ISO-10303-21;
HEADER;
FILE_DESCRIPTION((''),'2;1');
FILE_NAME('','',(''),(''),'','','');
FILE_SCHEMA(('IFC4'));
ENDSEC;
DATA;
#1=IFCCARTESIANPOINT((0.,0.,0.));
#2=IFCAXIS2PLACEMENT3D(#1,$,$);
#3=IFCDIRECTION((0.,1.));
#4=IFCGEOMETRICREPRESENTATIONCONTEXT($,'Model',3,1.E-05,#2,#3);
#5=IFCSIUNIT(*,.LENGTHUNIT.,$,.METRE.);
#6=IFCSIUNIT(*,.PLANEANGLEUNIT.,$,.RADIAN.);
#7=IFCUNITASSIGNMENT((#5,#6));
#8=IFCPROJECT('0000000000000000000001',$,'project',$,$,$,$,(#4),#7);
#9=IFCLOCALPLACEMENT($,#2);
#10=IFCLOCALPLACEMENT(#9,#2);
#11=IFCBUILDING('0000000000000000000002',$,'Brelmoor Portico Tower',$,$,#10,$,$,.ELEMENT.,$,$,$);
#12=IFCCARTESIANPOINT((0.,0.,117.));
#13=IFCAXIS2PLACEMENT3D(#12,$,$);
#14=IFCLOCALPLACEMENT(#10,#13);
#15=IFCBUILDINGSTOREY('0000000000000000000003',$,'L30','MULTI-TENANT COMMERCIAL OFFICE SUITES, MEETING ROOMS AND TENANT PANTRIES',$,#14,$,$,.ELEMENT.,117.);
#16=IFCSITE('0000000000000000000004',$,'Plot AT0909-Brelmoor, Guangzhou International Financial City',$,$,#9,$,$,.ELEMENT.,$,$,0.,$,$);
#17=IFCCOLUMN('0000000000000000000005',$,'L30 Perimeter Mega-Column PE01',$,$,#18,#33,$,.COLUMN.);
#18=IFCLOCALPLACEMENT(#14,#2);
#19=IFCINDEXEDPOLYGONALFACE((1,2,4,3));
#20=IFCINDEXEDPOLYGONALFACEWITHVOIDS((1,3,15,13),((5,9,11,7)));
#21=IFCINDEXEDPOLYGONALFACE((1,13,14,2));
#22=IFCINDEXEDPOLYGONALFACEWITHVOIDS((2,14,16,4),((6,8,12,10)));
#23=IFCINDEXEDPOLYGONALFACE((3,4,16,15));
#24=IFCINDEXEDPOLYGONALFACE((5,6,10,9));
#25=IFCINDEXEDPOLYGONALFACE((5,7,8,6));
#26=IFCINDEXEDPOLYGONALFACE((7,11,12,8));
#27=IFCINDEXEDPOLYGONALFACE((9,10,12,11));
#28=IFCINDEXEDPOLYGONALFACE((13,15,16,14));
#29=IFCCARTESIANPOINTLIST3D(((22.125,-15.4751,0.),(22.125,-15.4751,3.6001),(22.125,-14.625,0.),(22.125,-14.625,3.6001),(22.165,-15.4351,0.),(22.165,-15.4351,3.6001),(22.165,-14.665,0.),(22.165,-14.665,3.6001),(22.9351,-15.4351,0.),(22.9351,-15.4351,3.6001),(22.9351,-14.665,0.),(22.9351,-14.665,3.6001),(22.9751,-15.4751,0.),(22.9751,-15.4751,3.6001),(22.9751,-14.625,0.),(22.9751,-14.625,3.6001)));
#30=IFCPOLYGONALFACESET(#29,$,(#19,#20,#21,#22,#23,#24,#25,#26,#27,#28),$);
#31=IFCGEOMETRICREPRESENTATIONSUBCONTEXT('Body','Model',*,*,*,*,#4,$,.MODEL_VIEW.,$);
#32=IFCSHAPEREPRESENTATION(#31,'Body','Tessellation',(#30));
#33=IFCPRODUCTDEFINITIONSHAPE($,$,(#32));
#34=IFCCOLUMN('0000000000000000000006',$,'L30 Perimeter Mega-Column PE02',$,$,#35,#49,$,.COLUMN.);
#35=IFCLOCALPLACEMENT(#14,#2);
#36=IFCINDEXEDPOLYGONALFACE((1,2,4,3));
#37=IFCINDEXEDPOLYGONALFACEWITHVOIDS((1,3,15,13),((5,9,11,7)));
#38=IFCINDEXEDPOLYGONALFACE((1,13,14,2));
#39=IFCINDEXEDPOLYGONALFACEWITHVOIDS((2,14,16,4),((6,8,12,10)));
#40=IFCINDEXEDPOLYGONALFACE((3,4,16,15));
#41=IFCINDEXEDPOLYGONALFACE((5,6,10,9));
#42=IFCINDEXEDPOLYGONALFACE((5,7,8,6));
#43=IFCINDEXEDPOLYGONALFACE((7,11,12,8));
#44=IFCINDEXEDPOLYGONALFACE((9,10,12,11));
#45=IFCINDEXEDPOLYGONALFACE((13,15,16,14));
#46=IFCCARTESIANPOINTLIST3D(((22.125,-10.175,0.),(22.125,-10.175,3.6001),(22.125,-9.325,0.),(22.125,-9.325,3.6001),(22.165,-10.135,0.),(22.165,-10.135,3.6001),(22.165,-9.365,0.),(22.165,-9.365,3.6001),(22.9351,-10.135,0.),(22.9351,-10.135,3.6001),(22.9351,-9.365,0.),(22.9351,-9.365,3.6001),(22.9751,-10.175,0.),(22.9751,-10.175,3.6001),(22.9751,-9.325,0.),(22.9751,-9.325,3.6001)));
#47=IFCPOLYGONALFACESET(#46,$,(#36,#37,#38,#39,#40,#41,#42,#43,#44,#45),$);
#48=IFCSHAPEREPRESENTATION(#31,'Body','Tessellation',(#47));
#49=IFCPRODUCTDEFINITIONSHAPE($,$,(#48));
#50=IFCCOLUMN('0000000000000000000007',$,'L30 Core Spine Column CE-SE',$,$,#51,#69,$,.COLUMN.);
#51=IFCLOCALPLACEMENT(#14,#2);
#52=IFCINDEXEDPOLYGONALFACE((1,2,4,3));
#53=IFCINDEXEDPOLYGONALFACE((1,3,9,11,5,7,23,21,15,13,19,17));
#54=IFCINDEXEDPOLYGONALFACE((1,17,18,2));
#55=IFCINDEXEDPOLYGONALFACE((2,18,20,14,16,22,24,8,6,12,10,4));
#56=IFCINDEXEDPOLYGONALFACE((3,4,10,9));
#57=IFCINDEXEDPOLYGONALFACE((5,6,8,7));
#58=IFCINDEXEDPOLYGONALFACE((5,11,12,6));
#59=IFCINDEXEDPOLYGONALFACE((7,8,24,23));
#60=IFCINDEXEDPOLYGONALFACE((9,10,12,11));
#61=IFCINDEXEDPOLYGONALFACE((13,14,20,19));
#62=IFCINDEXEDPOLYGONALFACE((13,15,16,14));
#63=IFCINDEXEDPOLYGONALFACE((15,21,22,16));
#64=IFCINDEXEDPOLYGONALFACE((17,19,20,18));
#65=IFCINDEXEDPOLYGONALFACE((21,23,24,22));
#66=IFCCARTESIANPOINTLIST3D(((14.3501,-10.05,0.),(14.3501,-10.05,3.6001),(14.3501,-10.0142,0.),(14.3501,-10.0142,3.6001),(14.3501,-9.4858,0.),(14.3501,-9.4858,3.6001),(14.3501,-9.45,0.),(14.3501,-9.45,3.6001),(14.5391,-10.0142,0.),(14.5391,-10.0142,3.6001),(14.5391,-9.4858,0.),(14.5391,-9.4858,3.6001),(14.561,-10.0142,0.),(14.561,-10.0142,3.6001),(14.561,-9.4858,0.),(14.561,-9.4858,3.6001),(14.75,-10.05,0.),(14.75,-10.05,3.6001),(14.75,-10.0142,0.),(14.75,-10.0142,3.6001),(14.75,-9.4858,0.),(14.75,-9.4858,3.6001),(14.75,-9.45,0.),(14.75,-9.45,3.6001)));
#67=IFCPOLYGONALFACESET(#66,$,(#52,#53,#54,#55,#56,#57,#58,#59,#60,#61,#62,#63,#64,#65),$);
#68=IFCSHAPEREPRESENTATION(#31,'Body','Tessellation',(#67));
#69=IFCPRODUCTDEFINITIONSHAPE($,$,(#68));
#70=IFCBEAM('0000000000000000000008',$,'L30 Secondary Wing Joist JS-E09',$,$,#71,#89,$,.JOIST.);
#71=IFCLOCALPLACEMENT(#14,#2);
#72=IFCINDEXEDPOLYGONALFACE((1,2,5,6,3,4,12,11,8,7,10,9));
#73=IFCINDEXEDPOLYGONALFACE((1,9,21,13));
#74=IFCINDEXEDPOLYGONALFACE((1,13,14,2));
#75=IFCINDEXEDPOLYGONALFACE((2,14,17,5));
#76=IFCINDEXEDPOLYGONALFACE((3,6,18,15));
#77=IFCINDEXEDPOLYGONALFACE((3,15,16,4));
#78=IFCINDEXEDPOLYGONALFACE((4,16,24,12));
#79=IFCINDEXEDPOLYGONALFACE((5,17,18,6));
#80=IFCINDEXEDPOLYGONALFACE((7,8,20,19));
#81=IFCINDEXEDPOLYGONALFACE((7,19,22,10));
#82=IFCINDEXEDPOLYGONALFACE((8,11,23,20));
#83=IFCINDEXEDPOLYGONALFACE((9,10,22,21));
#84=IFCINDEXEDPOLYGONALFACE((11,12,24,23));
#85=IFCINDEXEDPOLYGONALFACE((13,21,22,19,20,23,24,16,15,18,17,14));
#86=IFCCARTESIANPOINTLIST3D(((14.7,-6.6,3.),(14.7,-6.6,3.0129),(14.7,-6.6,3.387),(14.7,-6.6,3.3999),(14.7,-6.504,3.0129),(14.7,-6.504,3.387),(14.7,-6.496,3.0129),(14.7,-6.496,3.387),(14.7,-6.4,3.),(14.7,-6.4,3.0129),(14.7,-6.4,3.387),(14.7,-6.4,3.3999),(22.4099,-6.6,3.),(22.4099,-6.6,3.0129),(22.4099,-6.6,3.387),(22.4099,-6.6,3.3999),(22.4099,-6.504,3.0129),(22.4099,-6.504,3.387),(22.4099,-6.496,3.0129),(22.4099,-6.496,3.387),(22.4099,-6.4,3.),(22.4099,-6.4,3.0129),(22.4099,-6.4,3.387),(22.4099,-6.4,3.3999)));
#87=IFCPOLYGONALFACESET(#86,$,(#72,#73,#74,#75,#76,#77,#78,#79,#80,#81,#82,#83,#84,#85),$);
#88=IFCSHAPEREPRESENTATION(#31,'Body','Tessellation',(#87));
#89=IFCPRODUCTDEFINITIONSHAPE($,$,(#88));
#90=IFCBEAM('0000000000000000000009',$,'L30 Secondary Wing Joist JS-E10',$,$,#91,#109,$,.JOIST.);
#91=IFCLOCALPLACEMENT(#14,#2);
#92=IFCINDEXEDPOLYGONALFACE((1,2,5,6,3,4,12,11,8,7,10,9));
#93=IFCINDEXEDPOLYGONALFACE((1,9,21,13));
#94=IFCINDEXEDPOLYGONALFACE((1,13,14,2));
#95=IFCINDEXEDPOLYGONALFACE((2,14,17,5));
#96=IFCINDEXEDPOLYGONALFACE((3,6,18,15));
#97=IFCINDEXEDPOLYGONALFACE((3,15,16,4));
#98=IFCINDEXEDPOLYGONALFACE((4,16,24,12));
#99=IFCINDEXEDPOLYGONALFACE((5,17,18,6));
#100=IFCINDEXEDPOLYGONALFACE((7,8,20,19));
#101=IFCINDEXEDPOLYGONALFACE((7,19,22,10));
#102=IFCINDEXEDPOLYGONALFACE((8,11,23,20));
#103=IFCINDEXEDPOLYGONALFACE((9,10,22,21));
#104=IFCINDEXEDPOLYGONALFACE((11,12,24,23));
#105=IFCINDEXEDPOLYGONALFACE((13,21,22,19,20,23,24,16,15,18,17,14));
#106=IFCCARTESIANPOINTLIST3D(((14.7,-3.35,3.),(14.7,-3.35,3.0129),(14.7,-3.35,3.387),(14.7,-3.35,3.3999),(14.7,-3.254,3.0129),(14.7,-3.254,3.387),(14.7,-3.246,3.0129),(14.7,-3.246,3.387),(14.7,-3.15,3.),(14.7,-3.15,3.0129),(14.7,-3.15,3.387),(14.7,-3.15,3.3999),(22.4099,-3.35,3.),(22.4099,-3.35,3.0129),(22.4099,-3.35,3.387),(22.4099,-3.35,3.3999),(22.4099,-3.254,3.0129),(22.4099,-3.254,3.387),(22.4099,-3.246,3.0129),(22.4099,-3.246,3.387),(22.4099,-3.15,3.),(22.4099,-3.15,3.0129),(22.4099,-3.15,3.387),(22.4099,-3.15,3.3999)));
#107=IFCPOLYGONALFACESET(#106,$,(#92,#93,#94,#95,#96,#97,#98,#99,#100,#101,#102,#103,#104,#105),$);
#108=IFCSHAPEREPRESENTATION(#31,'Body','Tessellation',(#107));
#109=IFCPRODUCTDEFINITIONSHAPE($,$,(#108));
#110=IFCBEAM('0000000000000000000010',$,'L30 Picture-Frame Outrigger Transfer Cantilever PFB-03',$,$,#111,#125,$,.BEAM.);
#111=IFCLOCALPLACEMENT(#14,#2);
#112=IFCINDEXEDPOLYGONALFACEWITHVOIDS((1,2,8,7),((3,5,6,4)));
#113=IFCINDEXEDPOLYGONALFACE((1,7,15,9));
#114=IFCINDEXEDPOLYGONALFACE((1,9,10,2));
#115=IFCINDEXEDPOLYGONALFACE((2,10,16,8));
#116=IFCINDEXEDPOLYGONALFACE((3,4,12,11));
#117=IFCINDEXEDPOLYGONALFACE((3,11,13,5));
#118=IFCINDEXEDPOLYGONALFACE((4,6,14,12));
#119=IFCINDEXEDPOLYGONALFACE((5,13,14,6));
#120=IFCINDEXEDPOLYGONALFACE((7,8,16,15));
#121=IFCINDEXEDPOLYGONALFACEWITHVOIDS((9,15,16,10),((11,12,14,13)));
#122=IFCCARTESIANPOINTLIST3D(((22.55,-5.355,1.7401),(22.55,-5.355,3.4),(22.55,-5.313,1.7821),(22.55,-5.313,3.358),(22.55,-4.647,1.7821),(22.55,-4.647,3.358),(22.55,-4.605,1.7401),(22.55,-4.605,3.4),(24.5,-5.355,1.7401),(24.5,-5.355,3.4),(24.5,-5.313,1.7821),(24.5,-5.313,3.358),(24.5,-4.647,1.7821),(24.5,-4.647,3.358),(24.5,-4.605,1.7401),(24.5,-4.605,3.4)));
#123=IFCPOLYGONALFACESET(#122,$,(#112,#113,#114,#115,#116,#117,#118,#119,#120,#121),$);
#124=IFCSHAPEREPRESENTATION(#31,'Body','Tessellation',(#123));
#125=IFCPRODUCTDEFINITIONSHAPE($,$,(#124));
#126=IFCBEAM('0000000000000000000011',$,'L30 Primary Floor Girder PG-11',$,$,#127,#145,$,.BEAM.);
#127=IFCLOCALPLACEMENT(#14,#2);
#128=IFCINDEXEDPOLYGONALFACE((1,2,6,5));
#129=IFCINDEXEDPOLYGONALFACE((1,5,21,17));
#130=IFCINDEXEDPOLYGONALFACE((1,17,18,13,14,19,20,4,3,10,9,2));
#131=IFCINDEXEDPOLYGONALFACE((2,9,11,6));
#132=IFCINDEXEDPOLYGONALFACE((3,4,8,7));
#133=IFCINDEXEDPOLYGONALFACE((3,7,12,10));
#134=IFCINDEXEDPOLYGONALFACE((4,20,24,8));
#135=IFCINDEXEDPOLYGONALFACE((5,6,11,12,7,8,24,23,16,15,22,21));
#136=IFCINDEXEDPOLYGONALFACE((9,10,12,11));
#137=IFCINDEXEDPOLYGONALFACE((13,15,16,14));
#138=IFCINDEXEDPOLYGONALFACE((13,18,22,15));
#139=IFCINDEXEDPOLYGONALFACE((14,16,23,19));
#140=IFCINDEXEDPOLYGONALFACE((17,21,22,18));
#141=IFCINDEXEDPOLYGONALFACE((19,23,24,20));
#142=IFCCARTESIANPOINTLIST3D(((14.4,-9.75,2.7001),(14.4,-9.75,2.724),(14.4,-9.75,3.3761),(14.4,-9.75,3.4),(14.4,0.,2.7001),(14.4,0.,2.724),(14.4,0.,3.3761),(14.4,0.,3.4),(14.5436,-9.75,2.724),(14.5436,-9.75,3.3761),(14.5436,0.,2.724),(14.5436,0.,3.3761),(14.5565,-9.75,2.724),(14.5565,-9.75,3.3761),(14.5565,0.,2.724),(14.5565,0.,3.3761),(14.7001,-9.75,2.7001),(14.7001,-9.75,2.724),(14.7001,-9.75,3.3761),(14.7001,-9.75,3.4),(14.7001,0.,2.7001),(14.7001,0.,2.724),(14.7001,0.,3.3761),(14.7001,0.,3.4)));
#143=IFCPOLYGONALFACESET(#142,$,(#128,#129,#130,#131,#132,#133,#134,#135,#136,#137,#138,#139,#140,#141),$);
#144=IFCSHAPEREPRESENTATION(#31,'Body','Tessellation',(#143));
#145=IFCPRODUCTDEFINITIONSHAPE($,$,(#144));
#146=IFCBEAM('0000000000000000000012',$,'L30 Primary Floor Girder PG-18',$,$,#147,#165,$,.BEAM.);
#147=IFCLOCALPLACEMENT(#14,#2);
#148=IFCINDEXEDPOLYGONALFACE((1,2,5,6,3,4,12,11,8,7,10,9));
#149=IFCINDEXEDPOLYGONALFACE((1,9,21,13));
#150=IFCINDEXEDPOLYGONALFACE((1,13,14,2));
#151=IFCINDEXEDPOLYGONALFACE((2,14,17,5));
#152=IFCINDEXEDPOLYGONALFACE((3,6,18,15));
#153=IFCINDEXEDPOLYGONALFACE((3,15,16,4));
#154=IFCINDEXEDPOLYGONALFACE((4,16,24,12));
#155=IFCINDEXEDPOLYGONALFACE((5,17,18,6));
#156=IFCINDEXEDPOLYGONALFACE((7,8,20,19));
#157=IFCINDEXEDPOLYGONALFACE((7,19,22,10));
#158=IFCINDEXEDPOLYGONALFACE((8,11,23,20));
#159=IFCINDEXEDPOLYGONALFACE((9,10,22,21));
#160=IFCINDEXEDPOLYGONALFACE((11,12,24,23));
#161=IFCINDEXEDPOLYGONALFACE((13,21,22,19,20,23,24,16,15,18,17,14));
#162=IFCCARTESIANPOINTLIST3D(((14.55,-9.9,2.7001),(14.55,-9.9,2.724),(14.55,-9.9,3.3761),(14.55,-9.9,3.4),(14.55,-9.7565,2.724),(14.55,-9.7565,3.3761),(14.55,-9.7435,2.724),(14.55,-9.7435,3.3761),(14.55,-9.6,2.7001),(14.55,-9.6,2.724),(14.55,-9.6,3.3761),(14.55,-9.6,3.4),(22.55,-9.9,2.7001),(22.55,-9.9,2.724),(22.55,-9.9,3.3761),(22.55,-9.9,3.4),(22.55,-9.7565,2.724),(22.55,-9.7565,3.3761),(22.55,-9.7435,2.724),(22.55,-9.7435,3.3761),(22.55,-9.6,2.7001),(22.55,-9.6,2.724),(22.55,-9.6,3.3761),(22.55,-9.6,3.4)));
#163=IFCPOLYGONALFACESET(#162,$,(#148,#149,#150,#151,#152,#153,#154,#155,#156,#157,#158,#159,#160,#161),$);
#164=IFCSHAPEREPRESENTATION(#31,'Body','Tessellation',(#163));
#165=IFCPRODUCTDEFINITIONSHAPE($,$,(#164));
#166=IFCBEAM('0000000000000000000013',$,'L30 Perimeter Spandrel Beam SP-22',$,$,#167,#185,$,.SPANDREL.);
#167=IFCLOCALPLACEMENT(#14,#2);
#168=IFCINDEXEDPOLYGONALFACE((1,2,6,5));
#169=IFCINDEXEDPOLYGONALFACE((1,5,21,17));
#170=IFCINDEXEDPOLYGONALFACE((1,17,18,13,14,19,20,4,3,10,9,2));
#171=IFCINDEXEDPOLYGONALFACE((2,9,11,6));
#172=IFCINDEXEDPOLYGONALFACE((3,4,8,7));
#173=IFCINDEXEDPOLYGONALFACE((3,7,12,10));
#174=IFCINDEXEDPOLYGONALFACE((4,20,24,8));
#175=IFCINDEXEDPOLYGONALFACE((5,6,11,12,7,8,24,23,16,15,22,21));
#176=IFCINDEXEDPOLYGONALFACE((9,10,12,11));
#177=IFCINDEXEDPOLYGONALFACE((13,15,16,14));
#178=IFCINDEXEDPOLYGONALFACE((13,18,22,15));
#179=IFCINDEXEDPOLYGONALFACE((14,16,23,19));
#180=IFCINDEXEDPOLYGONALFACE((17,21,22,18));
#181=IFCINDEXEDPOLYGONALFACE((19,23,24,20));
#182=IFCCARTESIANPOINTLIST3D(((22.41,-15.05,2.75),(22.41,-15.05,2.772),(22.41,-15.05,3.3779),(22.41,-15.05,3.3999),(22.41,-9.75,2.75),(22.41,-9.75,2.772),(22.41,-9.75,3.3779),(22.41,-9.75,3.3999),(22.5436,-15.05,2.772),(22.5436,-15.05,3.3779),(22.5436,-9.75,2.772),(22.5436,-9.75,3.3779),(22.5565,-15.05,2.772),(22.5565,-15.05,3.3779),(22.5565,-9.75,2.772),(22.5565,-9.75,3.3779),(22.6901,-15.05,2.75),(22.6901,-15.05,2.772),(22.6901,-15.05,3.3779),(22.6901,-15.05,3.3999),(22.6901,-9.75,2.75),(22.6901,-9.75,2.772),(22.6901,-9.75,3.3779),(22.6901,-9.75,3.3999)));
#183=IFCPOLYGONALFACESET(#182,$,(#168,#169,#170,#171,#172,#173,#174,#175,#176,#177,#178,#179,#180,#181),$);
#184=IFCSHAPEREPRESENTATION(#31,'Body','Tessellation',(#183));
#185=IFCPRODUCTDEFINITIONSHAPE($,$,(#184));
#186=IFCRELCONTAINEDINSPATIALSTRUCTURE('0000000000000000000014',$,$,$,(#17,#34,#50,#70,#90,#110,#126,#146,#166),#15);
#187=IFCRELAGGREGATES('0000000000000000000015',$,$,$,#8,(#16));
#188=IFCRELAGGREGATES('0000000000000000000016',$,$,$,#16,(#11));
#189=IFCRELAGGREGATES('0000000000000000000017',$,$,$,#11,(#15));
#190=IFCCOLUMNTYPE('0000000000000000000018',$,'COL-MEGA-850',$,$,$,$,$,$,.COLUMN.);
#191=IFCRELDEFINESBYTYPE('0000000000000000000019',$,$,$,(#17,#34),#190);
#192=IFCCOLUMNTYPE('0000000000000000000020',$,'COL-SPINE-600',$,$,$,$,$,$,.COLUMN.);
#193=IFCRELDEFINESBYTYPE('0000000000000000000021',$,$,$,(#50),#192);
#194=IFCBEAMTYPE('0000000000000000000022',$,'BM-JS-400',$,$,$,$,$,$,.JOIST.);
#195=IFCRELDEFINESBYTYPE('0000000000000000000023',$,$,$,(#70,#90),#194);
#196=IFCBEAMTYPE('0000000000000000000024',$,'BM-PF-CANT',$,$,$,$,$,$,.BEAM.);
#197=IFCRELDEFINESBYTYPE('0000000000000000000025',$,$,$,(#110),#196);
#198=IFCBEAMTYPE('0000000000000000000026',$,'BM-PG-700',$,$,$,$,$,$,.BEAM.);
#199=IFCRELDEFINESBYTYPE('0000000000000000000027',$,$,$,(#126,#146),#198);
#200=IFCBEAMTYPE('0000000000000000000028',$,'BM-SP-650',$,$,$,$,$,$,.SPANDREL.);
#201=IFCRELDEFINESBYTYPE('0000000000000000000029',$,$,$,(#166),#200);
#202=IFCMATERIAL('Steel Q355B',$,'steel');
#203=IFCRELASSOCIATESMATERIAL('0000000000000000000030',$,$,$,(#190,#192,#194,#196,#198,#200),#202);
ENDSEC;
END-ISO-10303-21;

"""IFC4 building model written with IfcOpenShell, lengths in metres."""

from ifc_helpers import new_model, si_unit, direction, frame, origin, origin_2d, place, context, subcontext, project, spatial, hollow_rectangle, i_section, extrude, material, material_profile, profile_set, type_object, element, save


model = new_model("IFC4")

# Units and contexts
model_context = context("Model", 3, precision=1e-05, world=origin(), true_north=direction((0.0, 1.0)))
body_context = subcontext(model_context, "Body", "Model", "MODEL_VIEW")
ifc_project = project(units=[si_unit("LENGTHUNIT", "METRE"), si_unit("PLANEANGLEUNIT", "RADIAN")], contexts=[model_context])

# Site, building, storey
site_placement = place(None, origin())
site = spatial("IfcSite", under=ifc_project, at=site_placement, Name="Plot AT0909-Brelmoor, Guangzhou International Financial City", CompositionType="ELEMENT", RefElevation=0.0)
building_placement = place(site_placement, origin())
building = spatial("IfcBuilding", under=site, at=building_placement, Name="Brelmoor Portico Tower", CompositionType="ELEMENT")
storey_placement = place(building_placement, frame((0.0, 0.0, 117.0)))
storey = spatial("IfcBuildingStorey", under=building, at=storey_placement, Name="L30", Description="MULTI-TENANT COMMERCIAL OFFICE SUITES, MEETING ROOMS AND TENANT PANTRIES", CompositionType="ELEMENT", Elevation=117.0)

# Columns
ifc_material_1 = material(Name="Steel Q355B", Category="steel")
ifc_material_profile_1 = material_profile(ifc_material_1, hollow_rectangle(XDim=0.8501, YDim=0.8501, WallThickness=0.04, at=origin_2d()), Name="BOX 850x850x40")
ifc_profile_set_1 = profile_set([ifc_material_profile_1], Name="Steel Q355B")
column_type_1 = type_object("IfcColumnType", Name="COL-MEGA-850", PredefinedType="COLUMN", material=ifc_profile_set_1)
for number, where, z_axis, x_axis, name in (
    (1, (22.55, -15.05, 0.0), (0.0, 0.0, 1.0), (0.0, 1.0, 0.0), "L30 Perimeter Mega-Column PE01"),
    (2, (22.55, -9.75, 0.0), (0.0, 0.0, 1.0), (0.0, 1.0, 0.0), "L30 Perimeter Mega-Column PE02"),
):
    element("IfcColumn", number, at=place(storey_placement, frame(where, z_axis=z_axis, x_axis=x_axis)), inside=storey, type_object=column_type_1, Name=name, PredefinedType="COLUMN", context=body_context, shape_type="SweptSolid", body=[
        extrude(hollow_rectangle(XDim=0.8501, YDim=0.8501, WallThickness=0.04, at=origin_2d()), origin(), (0.0, 0.0, 1.0), 3.6001),
    ])
ifc_material_profile_2 = material_profile(ifc_material_1, i_section(OverallWidth=0.3999, OverallDepth=0.6001, WebThickness=0.022, FlangeThickness=0.0359, at=origin_2d()), Name="HW 600x400x22x36")
ifc_profile_set_2 = profile_set([ifc_material_profile_2], Name="Steel Q355B")
column_type_2 = type_object("IfcColumnType", Name="COL-SPINE-600", PredefinedType="COLUMN", material=ifc_profile_set_2)
column_placement = place(storey_placement, frame((14.55, -9.75, 0.0), z_axis=(0.0, 0.0, 1.0), x_axis=(1.0, 0.0, 0.0)))
element("IfcColumn", 3, at=column_placement, inside=storey, type_object=column_type_2, Name="L30 Core Spine Column CE-SE", PredefinedType="COLUMN", context=body_context, shape_type="SweptSolid", body=[
    extrude(i_section(OverallWidth=0.3999, OverallDepth=0.6001, WebThickness=0.022, FlangeThickness=0.0359, at=origin_2d()), origin(), (0.0, 0.0, 1.0), 3.6001),
])

# Beams
ifc_material_profile_3 = material_profile(ifc_material_1, i_section(OverallWidth=0.2, OverallDepth=0.3999, WebThickness=0.0081, FlangeThickness=0.0129, at=origin_2d()), Name="HN 400x200x8x13")
ifc_profile_set_3 = profile_set([ifc_material_profile_3], Name="Steel Q355B")
beam_type_1 = type_object("IfcBeamType", Name="BM-JS-400", PredefinedType="JOIST", material=ifc_profile_set_3)
for number, where, z_axis, x_axis, name in (
    (4, (14.7, -6.5, 3.2), (1.0, 0.0, 0.0), (0.0, 1.0, 0.0), "L30 Secondary Wing Joist JS-E09"),
    (5, (14.7, -3.25, 3.2), (1.0, 0.0, 0.0), (0.0, 1.0, 0.0), "L30 Secondary Wing Joist JS-E10"),
):
    element("IfcBeam", number, at=place(storey_placement, frame(where, z_axis=z_axis, x_axis=x_axis)), inside=storey, type_object=beam_type_1, Name=name, PredefinedType="JOIST", context=body_context, shape_type="SweptSolid", body=[
        extrude(i_section(OverallWidth=0.2, OverallDepth=0.3999, WebThickness=0.0081, FlangeThickness=0.0129, at=origin_2d()), origin(), (0.0, 0.0, 1.0), 7.71),
    ])
ifc_material_profile_4 = material_profile(ifc_material_1, hollow_rectangle(XDim=0.75, YDim=1.6599, WallThickness=0.042, at=origin_2d()), Name="BOX 750x1660x42")
ifc_profile_set_4 = profile_set([ifc_material_profile_4], Name="Steel Q355B")
beam_type_2 = type_object("IfcBeamType", Name="BM-PF-CANT", PredefinedType="BEAM", material=ifc_profile_set_4)
beam_1_placement = place(storey_placement, frame((22.55, -4.98, 2.5701), z_axis=(1.0, 0.0, 0.0), x_axis=(0.0, 1.0, 0.0)))
element("IfcBeam", 6, at=beam_1_placement, inside=storey, type_object=beam_type_2, Name="L30 Picture-Frame Outrigger Transfer Cantilever PFB-03", PredefinedType="BEAM", context=body_context, shape_type="SweptSolid", body=[
    extrude(hollow_rectangle(XDim=0.75, YDim=1.6599, WallThickness=0.042, at=origin_2d()), origin(), (0.0, 0.0, 1.0), 1.95),
])
ifc_material_profile_5 = material_profile(ifc_material_1, i_section(OverallWidth=0.3, OverallDepth=0.7, WebThickness=0.0129, FlangeThickness=0.0239, at=origin_2d()), Name="HN 700x300x13x24")
ifc_profile_set_5 = profile_set([ifc_material_profile_5], Name="Steel Q355B")
beam_type_3 = type_object("IfcBeamType", Name="BM-PG-700", PredefinedType="BEAM", material=ifc_profile_set_5)
beam_2_placement = place(storey_placement, frame((14.55, -9.75, 3.05), z_axis=(0.0, 1.0, 0.0), x_axis=(-1.0, 0.0, 0.0)))
element("IfcBeam", 7, at=beam_2_placement, inside=storey, type_object=beam_type_3, Name="L30 Primary Floor Girder PG-11", PredefinedType="BEAM", context=body_context, shape_type="SweptSolid", body=[
    extrude(i_section(OverallWidth=0.3, OverallDepth=0.7, WebThickness=0.0129, FlangeThickness=0.0239, at=origin_2d()), origin(), (0.0, 0.0, 1.0), 9.75),
])
beam_3_placement = place(storey_placement, frame((14.55, -9.75, 3.05), z_axis=(1.0, 0.0, 0.0), x_axis=(0.0, 1.0, 0.0)))
element("IfcBeam", 8, at=beam_3_placement, inside=storey, type_object=beam_type_3, Name="L30 Primary Floor Girder PG-18", PredefinedType="BEAM", context=body_context, shape_type="SweptSolid", body=[
    extrude(i_section(OverallWidth=0.3, OverallDepth=0.7, WebThickness=0.0129, FlangeThickness=0.0239, at=origin_2d()), origin(), (0.0, 0.0, 1.0), 8.0),
])
ifc_material_profile_6 = material_profile(ifc_material_1, i_section(OverallWidth=0.28, OverallDepth=0.6499, WebThickness=0.0129, FlangeThickness=0.022, at=origin_2d()), Name="HN 650x280x13x22")
ifc_profile_set_6 = profile_set([ifc_material_profile_6], Name="Steel Q355B")
beam_type_4 = type_object("IfcBeamType", Name="BM-SP-650", PredefinedType="SPANDREL", material=ifc_profile_set_6)
beam_4_placement = place(storey_placement, frame((22.55, -15.05, 3.075), z_axis=(0.0, 1.0, 0.0), x_axis=(-1.0, 0.0, 0.0)))
element("IfcBeam", 9, at=beam_4_placement, inside=storey, type_object=beam_type_4, Name="L30 Perimeter Spandrel Beam SP-22", PredefinedType="SPANDREL", context=body_context, shape_type="SweptSolid", body=[
    extrude(i_section(OverallWidth=0.28, OverallDepth=0.6499, WebThickness=0.0129, FlangeThickness=0.022, at=origin_2d()), origin(), (0.0, 0.0, 1.0), 5.3),
])

save(model, "model.ifc")
